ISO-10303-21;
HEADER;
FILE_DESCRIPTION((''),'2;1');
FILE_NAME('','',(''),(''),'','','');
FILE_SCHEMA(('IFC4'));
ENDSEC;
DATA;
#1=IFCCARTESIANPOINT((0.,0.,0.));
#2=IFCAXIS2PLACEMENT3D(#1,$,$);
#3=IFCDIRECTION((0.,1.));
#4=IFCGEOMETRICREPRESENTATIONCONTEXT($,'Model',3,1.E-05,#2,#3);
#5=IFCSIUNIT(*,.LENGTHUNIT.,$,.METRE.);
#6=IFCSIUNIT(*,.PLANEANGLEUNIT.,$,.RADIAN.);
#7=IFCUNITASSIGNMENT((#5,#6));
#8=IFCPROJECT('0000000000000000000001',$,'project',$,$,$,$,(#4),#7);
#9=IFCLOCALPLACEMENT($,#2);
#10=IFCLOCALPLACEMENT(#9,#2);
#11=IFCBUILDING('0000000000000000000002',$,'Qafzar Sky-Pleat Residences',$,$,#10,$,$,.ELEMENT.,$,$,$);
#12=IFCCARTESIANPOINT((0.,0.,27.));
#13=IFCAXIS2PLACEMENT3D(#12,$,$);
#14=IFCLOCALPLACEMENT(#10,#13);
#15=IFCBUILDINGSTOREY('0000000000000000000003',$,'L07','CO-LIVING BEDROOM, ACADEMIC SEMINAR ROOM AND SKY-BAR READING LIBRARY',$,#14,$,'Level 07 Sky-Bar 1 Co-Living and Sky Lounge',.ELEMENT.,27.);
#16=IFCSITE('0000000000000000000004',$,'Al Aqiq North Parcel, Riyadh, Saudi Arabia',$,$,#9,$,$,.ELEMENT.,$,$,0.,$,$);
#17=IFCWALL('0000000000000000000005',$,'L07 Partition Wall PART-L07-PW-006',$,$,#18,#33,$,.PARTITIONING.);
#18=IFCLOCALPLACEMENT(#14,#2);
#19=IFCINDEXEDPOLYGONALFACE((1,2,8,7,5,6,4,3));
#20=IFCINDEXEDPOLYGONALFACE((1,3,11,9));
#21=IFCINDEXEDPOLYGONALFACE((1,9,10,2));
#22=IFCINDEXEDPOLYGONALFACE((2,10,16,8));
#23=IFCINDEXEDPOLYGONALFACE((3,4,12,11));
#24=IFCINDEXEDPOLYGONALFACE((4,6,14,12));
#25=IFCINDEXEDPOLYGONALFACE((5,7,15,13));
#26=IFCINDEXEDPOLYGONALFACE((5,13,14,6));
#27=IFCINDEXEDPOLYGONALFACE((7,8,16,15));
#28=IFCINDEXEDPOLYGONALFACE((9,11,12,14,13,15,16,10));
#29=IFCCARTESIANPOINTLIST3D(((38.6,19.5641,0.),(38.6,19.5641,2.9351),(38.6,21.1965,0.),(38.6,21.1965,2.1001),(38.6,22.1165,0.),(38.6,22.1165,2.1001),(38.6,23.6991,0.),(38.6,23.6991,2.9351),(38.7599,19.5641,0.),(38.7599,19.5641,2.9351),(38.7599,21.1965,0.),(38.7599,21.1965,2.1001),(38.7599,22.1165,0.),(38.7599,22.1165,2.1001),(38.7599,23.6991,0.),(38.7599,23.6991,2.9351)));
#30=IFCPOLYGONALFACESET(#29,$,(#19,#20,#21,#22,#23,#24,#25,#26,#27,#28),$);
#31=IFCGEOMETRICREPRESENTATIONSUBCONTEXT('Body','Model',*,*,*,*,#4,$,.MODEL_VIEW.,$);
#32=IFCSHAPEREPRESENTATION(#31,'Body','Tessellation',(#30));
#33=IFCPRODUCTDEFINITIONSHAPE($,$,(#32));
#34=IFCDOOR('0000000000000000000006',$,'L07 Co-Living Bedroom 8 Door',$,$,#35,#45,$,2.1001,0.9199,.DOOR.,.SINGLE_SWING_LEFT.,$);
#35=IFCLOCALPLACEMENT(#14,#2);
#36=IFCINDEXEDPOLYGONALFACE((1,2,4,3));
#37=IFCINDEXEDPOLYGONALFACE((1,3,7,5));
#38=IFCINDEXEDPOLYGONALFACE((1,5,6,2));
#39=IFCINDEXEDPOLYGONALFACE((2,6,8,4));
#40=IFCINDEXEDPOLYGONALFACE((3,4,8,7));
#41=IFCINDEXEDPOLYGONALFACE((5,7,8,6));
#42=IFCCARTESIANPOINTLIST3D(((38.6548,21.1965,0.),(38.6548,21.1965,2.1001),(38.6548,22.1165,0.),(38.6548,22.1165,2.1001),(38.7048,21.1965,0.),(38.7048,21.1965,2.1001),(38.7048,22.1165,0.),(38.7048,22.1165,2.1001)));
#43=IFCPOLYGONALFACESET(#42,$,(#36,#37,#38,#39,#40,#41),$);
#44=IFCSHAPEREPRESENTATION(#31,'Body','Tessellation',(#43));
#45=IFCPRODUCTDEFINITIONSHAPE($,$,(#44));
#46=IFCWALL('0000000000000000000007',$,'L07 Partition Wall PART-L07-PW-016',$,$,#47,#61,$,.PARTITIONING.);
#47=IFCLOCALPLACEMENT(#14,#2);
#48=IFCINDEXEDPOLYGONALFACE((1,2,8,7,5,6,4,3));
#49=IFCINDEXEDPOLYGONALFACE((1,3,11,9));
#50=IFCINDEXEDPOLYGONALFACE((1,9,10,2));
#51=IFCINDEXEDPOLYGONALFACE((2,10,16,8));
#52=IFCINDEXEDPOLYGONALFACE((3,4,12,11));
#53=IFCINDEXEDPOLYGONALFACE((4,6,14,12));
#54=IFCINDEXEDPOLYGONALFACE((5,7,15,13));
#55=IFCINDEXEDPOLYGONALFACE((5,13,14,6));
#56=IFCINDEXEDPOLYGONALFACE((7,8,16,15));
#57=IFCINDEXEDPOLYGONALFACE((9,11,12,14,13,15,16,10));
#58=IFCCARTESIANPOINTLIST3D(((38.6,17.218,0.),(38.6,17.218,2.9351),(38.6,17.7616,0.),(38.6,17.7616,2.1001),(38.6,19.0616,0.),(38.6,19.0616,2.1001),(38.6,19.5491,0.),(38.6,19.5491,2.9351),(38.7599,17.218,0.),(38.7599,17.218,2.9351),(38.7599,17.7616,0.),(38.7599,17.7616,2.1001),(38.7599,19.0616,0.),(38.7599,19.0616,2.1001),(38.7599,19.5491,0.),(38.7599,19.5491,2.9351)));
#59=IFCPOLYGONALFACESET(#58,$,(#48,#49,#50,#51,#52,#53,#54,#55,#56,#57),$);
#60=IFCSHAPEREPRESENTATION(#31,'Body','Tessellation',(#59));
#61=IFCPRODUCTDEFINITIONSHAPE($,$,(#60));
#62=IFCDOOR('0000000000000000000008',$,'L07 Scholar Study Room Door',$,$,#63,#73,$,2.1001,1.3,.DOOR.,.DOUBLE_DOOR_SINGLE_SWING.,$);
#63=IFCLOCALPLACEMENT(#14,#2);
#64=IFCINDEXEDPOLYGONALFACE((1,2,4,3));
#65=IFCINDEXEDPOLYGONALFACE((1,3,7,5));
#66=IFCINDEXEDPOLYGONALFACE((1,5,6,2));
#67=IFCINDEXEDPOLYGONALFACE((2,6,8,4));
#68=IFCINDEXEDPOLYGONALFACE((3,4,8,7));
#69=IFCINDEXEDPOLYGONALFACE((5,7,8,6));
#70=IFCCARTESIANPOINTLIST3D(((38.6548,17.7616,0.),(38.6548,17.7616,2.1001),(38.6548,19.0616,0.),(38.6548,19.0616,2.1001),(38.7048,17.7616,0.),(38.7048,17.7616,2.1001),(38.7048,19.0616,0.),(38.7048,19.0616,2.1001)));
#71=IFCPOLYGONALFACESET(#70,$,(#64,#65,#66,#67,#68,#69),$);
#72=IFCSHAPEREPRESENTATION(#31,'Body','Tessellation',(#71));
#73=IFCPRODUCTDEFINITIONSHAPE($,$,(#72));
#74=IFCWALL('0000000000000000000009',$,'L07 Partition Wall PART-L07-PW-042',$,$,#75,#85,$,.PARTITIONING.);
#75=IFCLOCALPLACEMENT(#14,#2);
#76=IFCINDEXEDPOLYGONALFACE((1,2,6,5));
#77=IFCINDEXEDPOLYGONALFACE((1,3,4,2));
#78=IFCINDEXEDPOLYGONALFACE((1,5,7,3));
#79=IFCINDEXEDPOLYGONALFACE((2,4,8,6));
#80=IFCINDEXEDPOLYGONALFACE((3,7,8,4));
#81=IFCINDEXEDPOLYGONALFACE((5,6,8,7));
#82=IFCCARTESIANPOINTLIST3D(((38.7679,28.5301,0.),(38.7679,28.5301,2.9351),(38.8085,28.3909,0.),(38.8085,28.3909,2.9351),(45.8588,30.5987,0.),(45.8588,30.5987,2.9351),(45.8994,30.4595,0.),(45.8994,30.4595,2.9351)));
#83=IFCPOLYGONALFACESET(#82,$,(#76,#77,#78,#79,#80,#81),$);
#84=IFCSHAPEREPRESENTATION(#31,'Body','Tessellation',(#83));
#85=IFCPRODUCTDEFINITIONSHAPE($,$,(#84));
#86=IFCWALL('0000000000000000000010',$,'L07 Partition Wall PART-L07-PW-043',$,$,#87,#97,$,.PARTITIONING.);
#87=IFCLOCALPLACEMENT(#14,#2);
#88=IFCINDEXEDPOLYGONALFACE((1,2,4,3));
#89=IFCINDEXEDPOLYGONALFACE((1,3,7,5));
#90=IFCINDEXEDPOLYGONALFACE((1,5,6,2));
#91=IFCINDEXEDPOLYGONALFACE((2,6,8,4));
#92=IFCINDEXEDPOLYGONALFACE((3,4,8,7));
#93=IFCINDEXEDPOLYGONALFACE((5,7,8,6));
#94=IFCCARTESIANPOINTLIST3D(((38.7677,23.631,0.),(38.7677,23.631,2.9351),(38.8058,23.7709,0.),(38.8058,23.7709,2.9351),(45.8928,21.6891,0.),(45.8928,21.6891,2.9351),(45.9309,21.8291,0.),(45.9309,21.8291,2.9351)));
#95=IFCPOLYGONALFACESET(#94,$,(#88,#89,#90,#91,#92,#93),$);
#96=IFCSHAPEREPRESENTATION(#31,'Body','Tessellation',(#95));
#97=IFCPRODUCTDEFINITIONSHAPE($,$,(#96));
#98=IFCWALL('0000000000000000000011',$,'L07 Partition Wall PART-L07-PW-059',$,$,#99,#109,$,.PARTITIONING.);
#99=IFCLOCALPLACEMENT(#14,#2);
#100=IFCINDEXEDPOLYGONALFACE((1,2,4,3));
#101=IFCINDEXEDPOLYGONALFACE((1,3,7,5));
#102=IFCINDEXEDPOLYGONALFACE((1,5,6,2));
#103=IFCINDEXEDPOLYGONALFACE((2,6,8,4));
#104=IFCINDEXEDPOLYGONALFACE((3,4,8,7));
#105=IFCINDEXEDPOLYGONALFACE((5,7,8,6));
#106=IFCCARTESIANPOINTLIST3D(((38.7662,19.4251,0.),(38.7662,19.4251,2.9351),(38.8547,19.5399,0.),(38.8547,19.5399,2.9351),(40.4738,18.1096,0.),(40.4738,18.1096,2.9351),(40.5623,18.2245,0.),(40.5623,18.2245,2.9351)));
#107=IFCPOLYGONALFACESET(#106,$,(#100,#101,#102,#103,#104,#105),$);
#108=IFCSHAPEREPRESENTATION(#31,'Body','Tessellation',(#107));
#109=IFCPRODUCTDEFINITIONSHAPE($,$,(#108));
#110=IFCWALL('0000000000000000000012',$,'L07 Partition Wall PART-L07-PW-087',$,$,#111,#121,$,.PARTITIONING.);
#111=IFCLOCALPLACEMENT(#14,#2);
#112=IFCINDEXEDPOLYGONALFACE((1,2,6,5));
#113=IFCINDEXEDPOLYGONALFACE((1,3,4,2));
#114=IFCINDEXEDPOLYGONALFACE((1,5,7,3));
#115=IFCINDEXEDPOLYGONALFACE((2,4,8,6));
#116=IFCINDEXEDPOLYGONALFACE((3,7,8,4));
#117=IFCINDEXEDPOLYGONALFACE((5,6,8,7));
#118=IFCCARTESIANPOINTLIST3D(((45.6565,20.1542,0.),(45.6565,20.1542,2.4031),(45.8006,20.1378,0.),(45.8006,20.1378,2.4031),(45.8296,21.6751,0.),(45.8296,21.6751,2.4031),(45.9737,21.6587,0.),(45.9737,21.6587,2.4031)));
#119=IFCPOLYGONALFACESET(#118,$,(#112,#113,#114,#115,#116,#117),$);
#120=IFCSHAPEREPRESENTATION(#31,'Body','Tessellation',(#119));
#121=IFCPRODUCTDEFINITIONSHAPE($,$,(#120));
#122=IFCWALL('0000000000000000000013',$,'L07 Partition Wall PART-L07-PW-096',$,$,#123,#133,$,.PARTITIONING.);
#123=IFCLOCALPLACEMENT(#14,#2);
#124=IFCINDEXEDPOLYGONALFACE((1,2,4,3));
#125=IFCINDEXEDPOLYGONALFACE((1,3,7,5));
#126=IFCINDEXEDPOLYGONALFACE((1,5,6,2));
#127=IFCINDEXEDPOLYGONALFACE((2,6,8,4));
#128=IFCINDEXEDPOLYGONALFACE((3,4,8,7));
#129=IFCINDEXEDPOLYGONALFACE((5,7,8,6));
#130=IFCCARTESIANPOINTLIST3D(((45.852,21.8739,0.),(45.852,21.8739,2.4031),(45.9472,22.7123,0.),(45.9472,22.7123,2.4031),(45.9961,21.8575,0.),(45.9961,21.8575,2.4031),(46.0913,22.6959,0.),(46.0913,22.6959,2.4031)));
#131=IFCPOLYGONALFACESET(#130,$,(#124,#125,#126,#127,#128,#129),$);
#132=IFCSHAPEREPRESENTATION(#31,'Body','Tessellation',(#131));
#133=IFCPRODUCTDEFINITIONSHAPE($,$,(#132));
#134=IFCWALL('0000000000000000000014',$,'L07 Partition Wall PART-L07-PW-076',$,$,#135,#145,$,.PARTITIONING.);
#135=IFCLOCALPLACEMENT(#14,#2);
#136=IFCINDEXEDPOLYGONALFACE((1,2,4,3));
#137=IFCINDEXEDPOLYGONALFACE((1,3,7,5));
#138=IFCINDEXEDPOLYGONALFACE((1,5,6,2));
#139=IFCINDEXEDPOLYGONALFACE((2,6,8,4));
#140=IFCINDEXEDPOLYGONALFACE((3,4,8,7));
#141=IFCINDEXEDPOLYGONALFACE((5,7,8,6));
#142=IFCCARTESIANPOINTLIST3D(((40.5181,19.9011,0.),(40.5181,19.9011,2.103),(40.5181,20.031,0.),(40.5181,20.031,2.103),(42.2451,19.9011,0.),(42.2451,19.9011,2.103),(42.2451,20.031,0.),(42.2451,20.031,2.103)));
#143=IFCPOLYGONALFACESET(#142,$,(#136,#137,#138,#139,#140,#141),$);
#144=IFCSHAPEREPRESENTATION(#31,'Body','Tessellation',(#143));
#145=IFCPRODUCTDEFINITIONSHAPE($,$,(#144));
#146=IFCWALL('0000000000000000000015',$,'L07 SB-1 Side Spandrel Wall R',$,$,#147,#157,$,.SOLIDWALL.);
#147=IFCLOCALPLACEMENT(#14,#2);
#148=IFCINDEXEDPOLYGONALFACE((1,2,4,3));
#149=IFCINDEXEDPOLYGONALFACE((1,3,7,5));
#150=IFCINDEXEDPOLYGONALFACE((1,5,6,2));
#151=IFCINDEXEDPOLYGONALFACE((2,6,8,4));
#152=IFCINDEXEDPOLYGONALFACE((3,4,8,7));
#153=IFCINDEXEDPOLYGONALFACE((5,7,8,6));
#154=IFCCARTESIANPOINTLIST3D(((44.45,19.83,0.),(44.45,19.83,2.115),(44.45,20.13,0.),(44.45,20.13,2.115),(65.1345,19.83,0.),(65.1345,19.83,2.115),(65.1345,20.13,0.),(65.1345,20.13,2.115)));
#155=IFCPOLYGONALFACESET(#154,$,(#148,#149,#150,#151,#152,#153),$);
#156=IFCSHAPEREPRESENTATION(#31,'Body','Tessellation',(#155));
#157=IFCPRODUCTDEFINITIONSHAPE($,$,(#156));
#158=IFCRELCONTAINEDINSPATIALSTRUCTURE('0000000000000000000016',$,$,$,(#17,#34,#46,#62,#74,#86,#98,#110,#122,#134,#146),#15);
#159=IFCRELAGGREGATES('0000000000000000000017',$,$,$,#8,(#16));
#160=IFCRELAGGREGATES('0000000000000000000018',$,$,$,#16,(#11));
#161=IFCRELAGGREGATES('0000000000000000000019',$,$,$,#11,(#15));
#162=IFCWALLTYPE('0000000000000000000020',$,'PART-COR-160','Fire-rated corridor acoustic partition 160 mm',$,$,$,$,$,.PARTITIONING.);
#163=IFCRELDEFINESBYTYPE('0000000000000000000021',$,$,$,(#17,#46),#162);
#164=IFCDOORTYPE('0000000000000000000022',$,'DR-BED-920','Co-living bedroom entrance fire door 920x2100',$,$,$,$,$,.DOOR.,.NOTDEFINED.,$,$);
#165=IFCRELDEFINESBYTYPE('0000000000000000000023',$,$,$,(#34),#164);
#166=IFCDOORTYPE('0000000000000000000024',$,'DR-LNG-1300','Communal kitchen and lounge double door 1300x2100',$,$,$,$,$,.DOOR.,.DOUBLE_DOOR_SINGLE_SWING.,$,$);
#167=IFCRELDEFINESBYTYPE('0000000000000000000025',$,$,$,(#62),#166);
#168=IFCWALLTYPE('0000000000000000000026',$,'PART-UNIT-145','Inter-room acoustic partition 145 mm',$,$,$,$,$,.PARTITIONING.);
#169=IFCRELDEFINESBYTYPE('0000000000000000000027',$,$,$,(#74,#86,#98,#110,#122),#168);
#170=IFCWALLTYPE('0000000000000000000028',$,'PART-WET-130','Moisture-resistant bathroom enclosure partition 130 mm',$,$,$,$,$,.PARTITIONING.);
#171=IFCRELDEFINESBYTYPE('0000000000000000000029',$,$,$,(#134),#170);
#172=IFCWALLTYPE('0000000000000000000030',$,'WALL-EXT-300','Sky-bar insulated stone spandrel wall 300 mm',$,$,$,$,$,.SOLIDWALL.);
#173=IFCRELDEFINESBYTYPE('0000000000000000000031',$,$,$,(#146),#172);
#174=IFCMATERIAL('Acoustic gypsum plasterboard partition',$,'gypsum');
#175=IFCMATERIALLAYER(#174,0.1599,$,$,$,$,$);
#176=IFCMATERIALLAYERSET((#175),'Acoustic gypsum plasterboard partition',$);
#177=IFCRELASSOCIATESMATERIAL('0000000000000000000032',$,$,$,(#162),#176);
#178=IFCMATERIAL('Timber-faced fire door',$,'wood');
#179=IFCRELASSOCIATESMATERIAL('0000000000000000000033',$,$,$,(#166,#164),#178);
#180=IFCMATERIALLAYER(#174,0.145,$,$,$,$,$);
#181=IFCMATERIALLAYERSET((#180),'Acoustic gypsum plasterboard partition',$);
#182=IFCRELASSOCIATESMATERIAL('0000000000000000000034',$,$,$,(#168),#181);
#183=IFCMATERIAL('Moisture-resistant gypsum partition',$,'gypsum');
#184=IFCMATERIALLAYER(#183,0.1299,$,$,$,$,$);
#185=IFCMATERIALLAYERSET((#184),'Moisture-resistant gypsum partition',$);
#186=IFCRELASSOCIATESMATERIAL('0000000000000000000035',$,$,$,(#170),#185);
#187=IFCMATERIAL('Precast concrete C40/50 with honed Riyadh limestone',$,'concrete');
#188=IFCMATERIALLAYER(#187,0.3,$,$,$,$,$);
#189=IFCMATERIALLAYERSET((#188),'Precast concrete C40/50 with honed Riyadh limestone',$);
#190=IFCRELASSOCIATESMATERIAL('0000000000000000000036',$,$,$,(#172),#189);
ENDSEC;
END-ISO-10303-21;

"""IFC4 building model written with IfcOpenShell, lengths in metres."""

from ifc_helpers import new_model, si_unit, direction, frame, frame_2d, origin, place, context, subcontext, project, spatial, rectangle, extrude, source, transform, mapped, material, layer, layer_set, type_object, element, fill, save


model = new_model("IFC4")

# Units and contexts
model_context = context("Model", 3, precision=1e-05, world=origin(), true_north=direction((0.0, 1.0)))
body_context = subcontext(model_context, "Body", "Model", "MODEL_VIEW")
ifc_project = project(units=[si_unit("LENGTHUNIT", "METRE"), si_unit("PLANEANGLEUNIT", "RADIAN")], contexts=[model_context])

# Site, building, storey
site_placement = place(None, origin())
site = spatial("IfcSite", under=ifc_project, at=site_placement, Name="Al Aqiq North Parcel, Riyadh, Saudi Arabia", CompositionType="ELEMENT", RefElevation=0.0)
building_placement = place(site_placement, origin())
building = spatial("IfcBuilding", under=site, at=building_placement, Name="Qafzar Sky-Pleat Residences", CompositionType="ELEMENT")
storey_placement = place(building_placement, frame((0.0, 0.0, 27.0)))
storey = spatial("IfcBuildingStorey", under=building, at=storey_placement, Name="L07", Description="CO-LIVING BEDROOM, ACADEMIC SEMINAR ROOM AND SKY-BAR READING LIBRARY", LongName="Level 07 Sky-Bar 1 Co-Living and Sky Lounge", CompositionType="ELEMENT", Elevation=27.0)

# Walls, openings, doors
ifc_material_1 = material(Name="Acoustic gypsum plasterboard partition", Category="gypsum")
ifc_layer_1 = layer(ifc_material_1, 0.1599)
ifc_layer_set_1 = layer_set([ifc_layer_1], Name="Acoustic gypsum plasterboard partition")
wall_type_1 = type_object("IfcWallType", Name="PART-COR-160", Description="Fire-rated corridor acoustic partition 160 mm", PredefinedType="PARTITIONING", material=ifc_layer_set_1)
ifc_material_2 = material(Name="Timber-faced fire door", Category="wood")
door_type_1 = type_object("IfcDoorType", Name="DR-LNG-1300", Description="Communal kitchen and lounge double door 1300x2100", OperationType="DOUBLE_DOOR_SINGLE_SWING", PredefinedType="DOOR", material=ifc_material_2)
shared_shape_1 = source(origin(), body_context, "Body", "SweptSolid", [
    extrude(rectangle(XDim=1.3, YDim=2.1001, at=frame_2d((0.6499, 1.05))), frame((0.0, 0.0249, 0.0), z_axis=(0.0, -1.0, 0.0), x_axis=(1.0, 0.0, 0.0)), (0.0, 0.0, 1.0), 0.05),
])
wall_1_placement = place(storey_placement, frame((38.6799, 23.699, 0.0), z_axis=(0.0, 0.0, 1.0), x_axis=(0.0, -1.0, 0.0)))
wall_1 = element("IfcWall", 1, at=wall_1_placement, inside=storey, type_object=wall_type_1, Name="L07 Partition Wall PART-L07-PW-006", PredefinedType="PARTITIONING", context=body_context, shape_type="SweptSolid", body=[
    extrude(rectangle(XDim=4.135, YDim=0.1599, at=frame_2d((2.0674, 0.0))), origin(), (0.0, 0.0, 1.0), 2.9351),
])
opening_1_placement = place(wall_1_placement, frame((1.5825, 0.0, 0.0)))
opening_1 = element("IfcOpeningElement", 2, at=opening_1_placement, cuts=wall_1, PredefinedType="OPENING", context=body_context, shape_type="SweptSolid", body=[
    extrude(rectangle(XDim=0.9199, YDim=2.1001, at=frame_2d((0.46, 1.05))), frame((0.0, 0.0898, 0.0), z_axis=(0.0, -1.0, 0.0), x_axis=(1.0, 0.0, 0.0)), (0.0, 0.0, 1.0), 0.1799),
])
door_type_2 = type_object("IfcDoorType", Name="DR-BED-920", Description="Co-living bedroom entrance fire door 920x2100", OperationType="NOTDEFINED", PredefinedType="DOOR", material=ifc_material_2)
shared_shape_2 = source(origin(), body_context, "Body", "SweptSolid", [
    extrude(rectangle(XDim=0.9199, YDim=2.1001, at=frame_2d((0.46, 1.05))), frame((0.0, 0.0249, 0.0), z_axis=(0.0, -1.0, 0.0), x_axis=(1.0, 0.0, 0.0)), (0.0, 0.0, 1.0), 0.05),
])
door_1_placement = place(opening_1_placement, origin())
door_1 = element("IfcDoor", 3, at=door_1_placement, inside=storey, type_object=door_type_2, Name="L07 Co-Living Bedroom 8 Door", OperationType="SINGLE_SWING_LEFT", OverallHeight=2.1001, OverallWidth=0.9199, PredefinedType="DOOR", context=body_context, shape_type="MappedRepresentation", body=[
    mapped(shared_shape_2, transform((0.0, 0.0, 0.0), x_axis=(1.0, 0.0, 0.0), y_axis=(0.0, 1.0, 0.0), z_axis=(0.0, 0.0, 1.0), scale=1.0)),
])
fill(opening_1, door_1)
wall_2_placement = place(storey_placement, frame((38.6799, 19.5491, 0.0), z_axis=(0.0, 0.0, 1.0), x_axis=(0.0, -1.0, 0.0)))
wall_2 = element("IfcWall", 4, at=wall_2_placement, inside=storey, type_object=wall_type_1, Name="L07 Partition Wall PART-L07-PW-016", PredefinedType="PARTITIONING", context=body_context, shape_type="SweptSolid", body=[
    extrude(rectangle(XDim=2.3311, YDim=0.1599, at=frame_2d((1.1655, 0.0))), origin(), (0.0, 0.0, 1.0), 2.9351),
])
opening_2_placement = place(wall_2_placement, frame((0.4875, 0.0, 0.0)))
opening_2 = element("IfcOpeningElement", 5, at=opening_2_placement, cuts=wall_2, PredefinedType="OPENING", context=body_context, shape_type="SweptSolid", body=[
    extrude(rectangle(XDim=1.3, YDim=2.1001, at=frame_2d((0.6499, 1.05))), frame((0.0, 0.0898, 0.0), z_axis=(0.0, -1.0, 0.0), x_axis=(1.0, 0.0, 0.0)), (0.0, 0.0, 1.0), 0.1799),
])
door_2_placement = place(opening_2_placement, origin())
door_2 = element("IfcDoor", 6, at=door_2_placement, inside=storey, type_object=door_type_1, Name="L07 Scholar Study Room Door", OperationType="DOUBLE_DOOR_SINGLE_SWING", OverallHeight=2.1001, OverallWidth=1.3, PredefinedType="DOOR", context=body_context, shape_type="MappedRepresentation", body=[
    mapped(shared_shape_1, transform((0.0, 0.0, 0.0), x_axis=(1.0, 0.0, 0.0), y_axis=(0.0, 1.0, 0.0), z_axis=(0.0, 0.0, 1.0), scale=1.0)),
])
fill(opening_2, door_2)

# Walls
ifc_layer_2 = layer(ifc_material_1, 0.145)
ifc_layer_set_2 = layer_set([ifc_layer_2], Name="Acoustic gypsum plasterboard partition")
wall_type_2 = type_object("IfcWallType", Name="PART-UNIT-145", Description="Inter-room acoustic partition 145 mm", PredefinedType="PARTITIONING", material=ifc_layer_set_2)
wall_3_placement = place(storey_placement, frame((38.7881, 28.4604, 0.0), z_axis=(0.0, 0.0, 1.0), x_axis=(0.959984, 0.280056, 0.0)))
element("IfcWall", 7, at=wall_3_placement, inside=storey, type_object=wall_type_2, Name="L07 Partition Wall PART-L07-PW-042", PredefinedType="PARTITIONING", context=body_context, shape_type="SweptSolid", body=[
    extrude(rectangle(XDim=7.3865, YDim=0.145, at=frame_2d((3.6934, 0.0))), origin(), (0.0, 0.0, 1.0), 2.9351),
])
wall_4_placement = place(storey_placement, frame((38.7869, 23.7009, 0.0), z_axis=(0.0, 0.0, 1.0), x_axis=(0.96481, -0.262947, 0.0)))
element("IfcWall", 8, at=wall_4_placement, inside=storey, type_object=wall_type_2, Name="L07 Partition Wall PART-L07-PW-043", PredefinedType="PARTITIONING", context=body_context, shape_type="SweptSolid", body=[
    extrude(rectangle(XDim=7.385, YDim=0.145, at=frame_2d((3.6924, 0.0))), origin(), (0.0, 0.0, 1.0), 2.9351),
])
wall_5_placement = place(storey_placement, frame((38.8105, 19.4824, 0.0), z_axis=(0.0, 0.0, 1.0), x_axis=(0.792186, -0.61028, 0.0)))
element("IfcWall", 9, at=wall_5_placement, inside=storey, type_object=wall_type_2, Name="L07 Partition Wall PART-L07-PW-059", PredefinedType="PARTITIONING", context=body_context, shape_type="SweptSolid", body=[
    extrude(rectangle(XDim=2.1555, YDim=0.145, at=frame_2d((1.0776, 0.0))), origin(), (0.0, 0.0, 1.0), 2.9351),
])
wall_6_placement = place(storey_placement, frame((45.7285, 20.146, 0.0), z_axis=(0.0, 0.0, 1.0), x_axis=(0.113074, 0.993587, 0.0)))
element("IfcWall", 10, at=wall_6_placement, inside=storey, type_object=wall_type_2, Name="L07 Partition Wall PART-L07-PW-087", PredefinedType="PARTITIONING", context=body_context, shape_type="SweptSolid", body=[
    extrude(rectangle(XDim=1.5308, YDim=0.145, at=frame_2d((0.7654, 0.0))), origin(), (0.0, 0.0, 1.0), 2.4031),
])
wall_7_placement = place(storey_placement, frame((45.9241, 21.8657, 0.0), z_axis=(0.0, 0.0, 1.0), x_axis=(0.112845, 0.993613, 0.0)))
element("IfcWall", 11, at=wall_7_placement, inside=storey, type_object=wall_type_2, Name="L07 Partition Wall PART-L07-PW-096", PredefinedType="PARTITIONING", context=body_context, shape_type="SweptSolid", body=[
    extrude(rectangle(XDim=0.8438, YDim=0.145, at=frame_2d((0.4219, 0.0))), origin(), (0.0, 0.0, 1.0), 2.4031),
])
ifc_material_3 = material(Name="Moisture-resistant gypsum partition", Category="gypsum")
ifc_layer_3 = layer(ifc_material_3, 0.1299)
ifc_layer_set_3 = layer_set([ifc_layer_3], Name="Moisture-resistant gypsum partition")
wall_type_3 = type_object("IfcWallType", Name="PART-WET-130", Description="Moisture-resistant bathroom enclosure partition 130 mm", PredefinedType="PARTITIONING", material=ifc_layer_set_3)
wall_8_placement = place(storey_placement, frame((40.5181, 19.9661, 0.0), z_axis=(0.0, 0.0, 1.0), x_axis=(1.0, 0.0, 0.0)))
element("IfcWall", 12, at=wall_8_placement, inside=storey, type_object=wall_type_3, Name="L07 Partition Wall PART-L07-PW-076", PredefinedType="PARTITIONING", context=body_context, shape_type="SweptSolid", body=[
    extrude(rectangle(XDim=1.7271, YDim=0.1299, at=frame_2d((0.8635, 0.0))), origin(), (0.0, 0.0, 1.0), 2.103),
])
ifc_material_4 = material(Name="Precast concrete C40/50 with honed Riyadh limestone", Category="concrete")
ifc_layer_4 = layer(ifc_material_4, 0.3)
ifc_layer_set_4 = layer_set([ifc_layer_4], Name="Precast concrete C40/50 with honed Riyadh limestone")
wall_type_4 = type_object("IfcWallType", Name="WALL-EXT-300", Description="Sky-bar insulated stone spandrel wall 300 mm", PredefinedType="SOLIDWALL", material=ifc_layer_set_4)
wall_9_placement = place(storey_placement, frame((44.45, 19.98, 0.0), z_axis=(0.0, 0.0, 1.0), x_axis=(1.0, 0.0, 0.0)))
element("IfcWall", 13, at=wall_9_placement, inside=storey, type_object=wall_type_4, Name="L07 SB-1 Side Spandrel Wall R", PredefinedType="SOLIDWALL", context=body_context, shape_type="SweptSolid", body=[
    extrude(rectangle(XDim=20.6846, YDim=0.3, at=frame_2d((10.3423, 0.0))), origin(), (0.0, 0.0, 1.0), 2.115),
])

save(model, "model.ifc")
